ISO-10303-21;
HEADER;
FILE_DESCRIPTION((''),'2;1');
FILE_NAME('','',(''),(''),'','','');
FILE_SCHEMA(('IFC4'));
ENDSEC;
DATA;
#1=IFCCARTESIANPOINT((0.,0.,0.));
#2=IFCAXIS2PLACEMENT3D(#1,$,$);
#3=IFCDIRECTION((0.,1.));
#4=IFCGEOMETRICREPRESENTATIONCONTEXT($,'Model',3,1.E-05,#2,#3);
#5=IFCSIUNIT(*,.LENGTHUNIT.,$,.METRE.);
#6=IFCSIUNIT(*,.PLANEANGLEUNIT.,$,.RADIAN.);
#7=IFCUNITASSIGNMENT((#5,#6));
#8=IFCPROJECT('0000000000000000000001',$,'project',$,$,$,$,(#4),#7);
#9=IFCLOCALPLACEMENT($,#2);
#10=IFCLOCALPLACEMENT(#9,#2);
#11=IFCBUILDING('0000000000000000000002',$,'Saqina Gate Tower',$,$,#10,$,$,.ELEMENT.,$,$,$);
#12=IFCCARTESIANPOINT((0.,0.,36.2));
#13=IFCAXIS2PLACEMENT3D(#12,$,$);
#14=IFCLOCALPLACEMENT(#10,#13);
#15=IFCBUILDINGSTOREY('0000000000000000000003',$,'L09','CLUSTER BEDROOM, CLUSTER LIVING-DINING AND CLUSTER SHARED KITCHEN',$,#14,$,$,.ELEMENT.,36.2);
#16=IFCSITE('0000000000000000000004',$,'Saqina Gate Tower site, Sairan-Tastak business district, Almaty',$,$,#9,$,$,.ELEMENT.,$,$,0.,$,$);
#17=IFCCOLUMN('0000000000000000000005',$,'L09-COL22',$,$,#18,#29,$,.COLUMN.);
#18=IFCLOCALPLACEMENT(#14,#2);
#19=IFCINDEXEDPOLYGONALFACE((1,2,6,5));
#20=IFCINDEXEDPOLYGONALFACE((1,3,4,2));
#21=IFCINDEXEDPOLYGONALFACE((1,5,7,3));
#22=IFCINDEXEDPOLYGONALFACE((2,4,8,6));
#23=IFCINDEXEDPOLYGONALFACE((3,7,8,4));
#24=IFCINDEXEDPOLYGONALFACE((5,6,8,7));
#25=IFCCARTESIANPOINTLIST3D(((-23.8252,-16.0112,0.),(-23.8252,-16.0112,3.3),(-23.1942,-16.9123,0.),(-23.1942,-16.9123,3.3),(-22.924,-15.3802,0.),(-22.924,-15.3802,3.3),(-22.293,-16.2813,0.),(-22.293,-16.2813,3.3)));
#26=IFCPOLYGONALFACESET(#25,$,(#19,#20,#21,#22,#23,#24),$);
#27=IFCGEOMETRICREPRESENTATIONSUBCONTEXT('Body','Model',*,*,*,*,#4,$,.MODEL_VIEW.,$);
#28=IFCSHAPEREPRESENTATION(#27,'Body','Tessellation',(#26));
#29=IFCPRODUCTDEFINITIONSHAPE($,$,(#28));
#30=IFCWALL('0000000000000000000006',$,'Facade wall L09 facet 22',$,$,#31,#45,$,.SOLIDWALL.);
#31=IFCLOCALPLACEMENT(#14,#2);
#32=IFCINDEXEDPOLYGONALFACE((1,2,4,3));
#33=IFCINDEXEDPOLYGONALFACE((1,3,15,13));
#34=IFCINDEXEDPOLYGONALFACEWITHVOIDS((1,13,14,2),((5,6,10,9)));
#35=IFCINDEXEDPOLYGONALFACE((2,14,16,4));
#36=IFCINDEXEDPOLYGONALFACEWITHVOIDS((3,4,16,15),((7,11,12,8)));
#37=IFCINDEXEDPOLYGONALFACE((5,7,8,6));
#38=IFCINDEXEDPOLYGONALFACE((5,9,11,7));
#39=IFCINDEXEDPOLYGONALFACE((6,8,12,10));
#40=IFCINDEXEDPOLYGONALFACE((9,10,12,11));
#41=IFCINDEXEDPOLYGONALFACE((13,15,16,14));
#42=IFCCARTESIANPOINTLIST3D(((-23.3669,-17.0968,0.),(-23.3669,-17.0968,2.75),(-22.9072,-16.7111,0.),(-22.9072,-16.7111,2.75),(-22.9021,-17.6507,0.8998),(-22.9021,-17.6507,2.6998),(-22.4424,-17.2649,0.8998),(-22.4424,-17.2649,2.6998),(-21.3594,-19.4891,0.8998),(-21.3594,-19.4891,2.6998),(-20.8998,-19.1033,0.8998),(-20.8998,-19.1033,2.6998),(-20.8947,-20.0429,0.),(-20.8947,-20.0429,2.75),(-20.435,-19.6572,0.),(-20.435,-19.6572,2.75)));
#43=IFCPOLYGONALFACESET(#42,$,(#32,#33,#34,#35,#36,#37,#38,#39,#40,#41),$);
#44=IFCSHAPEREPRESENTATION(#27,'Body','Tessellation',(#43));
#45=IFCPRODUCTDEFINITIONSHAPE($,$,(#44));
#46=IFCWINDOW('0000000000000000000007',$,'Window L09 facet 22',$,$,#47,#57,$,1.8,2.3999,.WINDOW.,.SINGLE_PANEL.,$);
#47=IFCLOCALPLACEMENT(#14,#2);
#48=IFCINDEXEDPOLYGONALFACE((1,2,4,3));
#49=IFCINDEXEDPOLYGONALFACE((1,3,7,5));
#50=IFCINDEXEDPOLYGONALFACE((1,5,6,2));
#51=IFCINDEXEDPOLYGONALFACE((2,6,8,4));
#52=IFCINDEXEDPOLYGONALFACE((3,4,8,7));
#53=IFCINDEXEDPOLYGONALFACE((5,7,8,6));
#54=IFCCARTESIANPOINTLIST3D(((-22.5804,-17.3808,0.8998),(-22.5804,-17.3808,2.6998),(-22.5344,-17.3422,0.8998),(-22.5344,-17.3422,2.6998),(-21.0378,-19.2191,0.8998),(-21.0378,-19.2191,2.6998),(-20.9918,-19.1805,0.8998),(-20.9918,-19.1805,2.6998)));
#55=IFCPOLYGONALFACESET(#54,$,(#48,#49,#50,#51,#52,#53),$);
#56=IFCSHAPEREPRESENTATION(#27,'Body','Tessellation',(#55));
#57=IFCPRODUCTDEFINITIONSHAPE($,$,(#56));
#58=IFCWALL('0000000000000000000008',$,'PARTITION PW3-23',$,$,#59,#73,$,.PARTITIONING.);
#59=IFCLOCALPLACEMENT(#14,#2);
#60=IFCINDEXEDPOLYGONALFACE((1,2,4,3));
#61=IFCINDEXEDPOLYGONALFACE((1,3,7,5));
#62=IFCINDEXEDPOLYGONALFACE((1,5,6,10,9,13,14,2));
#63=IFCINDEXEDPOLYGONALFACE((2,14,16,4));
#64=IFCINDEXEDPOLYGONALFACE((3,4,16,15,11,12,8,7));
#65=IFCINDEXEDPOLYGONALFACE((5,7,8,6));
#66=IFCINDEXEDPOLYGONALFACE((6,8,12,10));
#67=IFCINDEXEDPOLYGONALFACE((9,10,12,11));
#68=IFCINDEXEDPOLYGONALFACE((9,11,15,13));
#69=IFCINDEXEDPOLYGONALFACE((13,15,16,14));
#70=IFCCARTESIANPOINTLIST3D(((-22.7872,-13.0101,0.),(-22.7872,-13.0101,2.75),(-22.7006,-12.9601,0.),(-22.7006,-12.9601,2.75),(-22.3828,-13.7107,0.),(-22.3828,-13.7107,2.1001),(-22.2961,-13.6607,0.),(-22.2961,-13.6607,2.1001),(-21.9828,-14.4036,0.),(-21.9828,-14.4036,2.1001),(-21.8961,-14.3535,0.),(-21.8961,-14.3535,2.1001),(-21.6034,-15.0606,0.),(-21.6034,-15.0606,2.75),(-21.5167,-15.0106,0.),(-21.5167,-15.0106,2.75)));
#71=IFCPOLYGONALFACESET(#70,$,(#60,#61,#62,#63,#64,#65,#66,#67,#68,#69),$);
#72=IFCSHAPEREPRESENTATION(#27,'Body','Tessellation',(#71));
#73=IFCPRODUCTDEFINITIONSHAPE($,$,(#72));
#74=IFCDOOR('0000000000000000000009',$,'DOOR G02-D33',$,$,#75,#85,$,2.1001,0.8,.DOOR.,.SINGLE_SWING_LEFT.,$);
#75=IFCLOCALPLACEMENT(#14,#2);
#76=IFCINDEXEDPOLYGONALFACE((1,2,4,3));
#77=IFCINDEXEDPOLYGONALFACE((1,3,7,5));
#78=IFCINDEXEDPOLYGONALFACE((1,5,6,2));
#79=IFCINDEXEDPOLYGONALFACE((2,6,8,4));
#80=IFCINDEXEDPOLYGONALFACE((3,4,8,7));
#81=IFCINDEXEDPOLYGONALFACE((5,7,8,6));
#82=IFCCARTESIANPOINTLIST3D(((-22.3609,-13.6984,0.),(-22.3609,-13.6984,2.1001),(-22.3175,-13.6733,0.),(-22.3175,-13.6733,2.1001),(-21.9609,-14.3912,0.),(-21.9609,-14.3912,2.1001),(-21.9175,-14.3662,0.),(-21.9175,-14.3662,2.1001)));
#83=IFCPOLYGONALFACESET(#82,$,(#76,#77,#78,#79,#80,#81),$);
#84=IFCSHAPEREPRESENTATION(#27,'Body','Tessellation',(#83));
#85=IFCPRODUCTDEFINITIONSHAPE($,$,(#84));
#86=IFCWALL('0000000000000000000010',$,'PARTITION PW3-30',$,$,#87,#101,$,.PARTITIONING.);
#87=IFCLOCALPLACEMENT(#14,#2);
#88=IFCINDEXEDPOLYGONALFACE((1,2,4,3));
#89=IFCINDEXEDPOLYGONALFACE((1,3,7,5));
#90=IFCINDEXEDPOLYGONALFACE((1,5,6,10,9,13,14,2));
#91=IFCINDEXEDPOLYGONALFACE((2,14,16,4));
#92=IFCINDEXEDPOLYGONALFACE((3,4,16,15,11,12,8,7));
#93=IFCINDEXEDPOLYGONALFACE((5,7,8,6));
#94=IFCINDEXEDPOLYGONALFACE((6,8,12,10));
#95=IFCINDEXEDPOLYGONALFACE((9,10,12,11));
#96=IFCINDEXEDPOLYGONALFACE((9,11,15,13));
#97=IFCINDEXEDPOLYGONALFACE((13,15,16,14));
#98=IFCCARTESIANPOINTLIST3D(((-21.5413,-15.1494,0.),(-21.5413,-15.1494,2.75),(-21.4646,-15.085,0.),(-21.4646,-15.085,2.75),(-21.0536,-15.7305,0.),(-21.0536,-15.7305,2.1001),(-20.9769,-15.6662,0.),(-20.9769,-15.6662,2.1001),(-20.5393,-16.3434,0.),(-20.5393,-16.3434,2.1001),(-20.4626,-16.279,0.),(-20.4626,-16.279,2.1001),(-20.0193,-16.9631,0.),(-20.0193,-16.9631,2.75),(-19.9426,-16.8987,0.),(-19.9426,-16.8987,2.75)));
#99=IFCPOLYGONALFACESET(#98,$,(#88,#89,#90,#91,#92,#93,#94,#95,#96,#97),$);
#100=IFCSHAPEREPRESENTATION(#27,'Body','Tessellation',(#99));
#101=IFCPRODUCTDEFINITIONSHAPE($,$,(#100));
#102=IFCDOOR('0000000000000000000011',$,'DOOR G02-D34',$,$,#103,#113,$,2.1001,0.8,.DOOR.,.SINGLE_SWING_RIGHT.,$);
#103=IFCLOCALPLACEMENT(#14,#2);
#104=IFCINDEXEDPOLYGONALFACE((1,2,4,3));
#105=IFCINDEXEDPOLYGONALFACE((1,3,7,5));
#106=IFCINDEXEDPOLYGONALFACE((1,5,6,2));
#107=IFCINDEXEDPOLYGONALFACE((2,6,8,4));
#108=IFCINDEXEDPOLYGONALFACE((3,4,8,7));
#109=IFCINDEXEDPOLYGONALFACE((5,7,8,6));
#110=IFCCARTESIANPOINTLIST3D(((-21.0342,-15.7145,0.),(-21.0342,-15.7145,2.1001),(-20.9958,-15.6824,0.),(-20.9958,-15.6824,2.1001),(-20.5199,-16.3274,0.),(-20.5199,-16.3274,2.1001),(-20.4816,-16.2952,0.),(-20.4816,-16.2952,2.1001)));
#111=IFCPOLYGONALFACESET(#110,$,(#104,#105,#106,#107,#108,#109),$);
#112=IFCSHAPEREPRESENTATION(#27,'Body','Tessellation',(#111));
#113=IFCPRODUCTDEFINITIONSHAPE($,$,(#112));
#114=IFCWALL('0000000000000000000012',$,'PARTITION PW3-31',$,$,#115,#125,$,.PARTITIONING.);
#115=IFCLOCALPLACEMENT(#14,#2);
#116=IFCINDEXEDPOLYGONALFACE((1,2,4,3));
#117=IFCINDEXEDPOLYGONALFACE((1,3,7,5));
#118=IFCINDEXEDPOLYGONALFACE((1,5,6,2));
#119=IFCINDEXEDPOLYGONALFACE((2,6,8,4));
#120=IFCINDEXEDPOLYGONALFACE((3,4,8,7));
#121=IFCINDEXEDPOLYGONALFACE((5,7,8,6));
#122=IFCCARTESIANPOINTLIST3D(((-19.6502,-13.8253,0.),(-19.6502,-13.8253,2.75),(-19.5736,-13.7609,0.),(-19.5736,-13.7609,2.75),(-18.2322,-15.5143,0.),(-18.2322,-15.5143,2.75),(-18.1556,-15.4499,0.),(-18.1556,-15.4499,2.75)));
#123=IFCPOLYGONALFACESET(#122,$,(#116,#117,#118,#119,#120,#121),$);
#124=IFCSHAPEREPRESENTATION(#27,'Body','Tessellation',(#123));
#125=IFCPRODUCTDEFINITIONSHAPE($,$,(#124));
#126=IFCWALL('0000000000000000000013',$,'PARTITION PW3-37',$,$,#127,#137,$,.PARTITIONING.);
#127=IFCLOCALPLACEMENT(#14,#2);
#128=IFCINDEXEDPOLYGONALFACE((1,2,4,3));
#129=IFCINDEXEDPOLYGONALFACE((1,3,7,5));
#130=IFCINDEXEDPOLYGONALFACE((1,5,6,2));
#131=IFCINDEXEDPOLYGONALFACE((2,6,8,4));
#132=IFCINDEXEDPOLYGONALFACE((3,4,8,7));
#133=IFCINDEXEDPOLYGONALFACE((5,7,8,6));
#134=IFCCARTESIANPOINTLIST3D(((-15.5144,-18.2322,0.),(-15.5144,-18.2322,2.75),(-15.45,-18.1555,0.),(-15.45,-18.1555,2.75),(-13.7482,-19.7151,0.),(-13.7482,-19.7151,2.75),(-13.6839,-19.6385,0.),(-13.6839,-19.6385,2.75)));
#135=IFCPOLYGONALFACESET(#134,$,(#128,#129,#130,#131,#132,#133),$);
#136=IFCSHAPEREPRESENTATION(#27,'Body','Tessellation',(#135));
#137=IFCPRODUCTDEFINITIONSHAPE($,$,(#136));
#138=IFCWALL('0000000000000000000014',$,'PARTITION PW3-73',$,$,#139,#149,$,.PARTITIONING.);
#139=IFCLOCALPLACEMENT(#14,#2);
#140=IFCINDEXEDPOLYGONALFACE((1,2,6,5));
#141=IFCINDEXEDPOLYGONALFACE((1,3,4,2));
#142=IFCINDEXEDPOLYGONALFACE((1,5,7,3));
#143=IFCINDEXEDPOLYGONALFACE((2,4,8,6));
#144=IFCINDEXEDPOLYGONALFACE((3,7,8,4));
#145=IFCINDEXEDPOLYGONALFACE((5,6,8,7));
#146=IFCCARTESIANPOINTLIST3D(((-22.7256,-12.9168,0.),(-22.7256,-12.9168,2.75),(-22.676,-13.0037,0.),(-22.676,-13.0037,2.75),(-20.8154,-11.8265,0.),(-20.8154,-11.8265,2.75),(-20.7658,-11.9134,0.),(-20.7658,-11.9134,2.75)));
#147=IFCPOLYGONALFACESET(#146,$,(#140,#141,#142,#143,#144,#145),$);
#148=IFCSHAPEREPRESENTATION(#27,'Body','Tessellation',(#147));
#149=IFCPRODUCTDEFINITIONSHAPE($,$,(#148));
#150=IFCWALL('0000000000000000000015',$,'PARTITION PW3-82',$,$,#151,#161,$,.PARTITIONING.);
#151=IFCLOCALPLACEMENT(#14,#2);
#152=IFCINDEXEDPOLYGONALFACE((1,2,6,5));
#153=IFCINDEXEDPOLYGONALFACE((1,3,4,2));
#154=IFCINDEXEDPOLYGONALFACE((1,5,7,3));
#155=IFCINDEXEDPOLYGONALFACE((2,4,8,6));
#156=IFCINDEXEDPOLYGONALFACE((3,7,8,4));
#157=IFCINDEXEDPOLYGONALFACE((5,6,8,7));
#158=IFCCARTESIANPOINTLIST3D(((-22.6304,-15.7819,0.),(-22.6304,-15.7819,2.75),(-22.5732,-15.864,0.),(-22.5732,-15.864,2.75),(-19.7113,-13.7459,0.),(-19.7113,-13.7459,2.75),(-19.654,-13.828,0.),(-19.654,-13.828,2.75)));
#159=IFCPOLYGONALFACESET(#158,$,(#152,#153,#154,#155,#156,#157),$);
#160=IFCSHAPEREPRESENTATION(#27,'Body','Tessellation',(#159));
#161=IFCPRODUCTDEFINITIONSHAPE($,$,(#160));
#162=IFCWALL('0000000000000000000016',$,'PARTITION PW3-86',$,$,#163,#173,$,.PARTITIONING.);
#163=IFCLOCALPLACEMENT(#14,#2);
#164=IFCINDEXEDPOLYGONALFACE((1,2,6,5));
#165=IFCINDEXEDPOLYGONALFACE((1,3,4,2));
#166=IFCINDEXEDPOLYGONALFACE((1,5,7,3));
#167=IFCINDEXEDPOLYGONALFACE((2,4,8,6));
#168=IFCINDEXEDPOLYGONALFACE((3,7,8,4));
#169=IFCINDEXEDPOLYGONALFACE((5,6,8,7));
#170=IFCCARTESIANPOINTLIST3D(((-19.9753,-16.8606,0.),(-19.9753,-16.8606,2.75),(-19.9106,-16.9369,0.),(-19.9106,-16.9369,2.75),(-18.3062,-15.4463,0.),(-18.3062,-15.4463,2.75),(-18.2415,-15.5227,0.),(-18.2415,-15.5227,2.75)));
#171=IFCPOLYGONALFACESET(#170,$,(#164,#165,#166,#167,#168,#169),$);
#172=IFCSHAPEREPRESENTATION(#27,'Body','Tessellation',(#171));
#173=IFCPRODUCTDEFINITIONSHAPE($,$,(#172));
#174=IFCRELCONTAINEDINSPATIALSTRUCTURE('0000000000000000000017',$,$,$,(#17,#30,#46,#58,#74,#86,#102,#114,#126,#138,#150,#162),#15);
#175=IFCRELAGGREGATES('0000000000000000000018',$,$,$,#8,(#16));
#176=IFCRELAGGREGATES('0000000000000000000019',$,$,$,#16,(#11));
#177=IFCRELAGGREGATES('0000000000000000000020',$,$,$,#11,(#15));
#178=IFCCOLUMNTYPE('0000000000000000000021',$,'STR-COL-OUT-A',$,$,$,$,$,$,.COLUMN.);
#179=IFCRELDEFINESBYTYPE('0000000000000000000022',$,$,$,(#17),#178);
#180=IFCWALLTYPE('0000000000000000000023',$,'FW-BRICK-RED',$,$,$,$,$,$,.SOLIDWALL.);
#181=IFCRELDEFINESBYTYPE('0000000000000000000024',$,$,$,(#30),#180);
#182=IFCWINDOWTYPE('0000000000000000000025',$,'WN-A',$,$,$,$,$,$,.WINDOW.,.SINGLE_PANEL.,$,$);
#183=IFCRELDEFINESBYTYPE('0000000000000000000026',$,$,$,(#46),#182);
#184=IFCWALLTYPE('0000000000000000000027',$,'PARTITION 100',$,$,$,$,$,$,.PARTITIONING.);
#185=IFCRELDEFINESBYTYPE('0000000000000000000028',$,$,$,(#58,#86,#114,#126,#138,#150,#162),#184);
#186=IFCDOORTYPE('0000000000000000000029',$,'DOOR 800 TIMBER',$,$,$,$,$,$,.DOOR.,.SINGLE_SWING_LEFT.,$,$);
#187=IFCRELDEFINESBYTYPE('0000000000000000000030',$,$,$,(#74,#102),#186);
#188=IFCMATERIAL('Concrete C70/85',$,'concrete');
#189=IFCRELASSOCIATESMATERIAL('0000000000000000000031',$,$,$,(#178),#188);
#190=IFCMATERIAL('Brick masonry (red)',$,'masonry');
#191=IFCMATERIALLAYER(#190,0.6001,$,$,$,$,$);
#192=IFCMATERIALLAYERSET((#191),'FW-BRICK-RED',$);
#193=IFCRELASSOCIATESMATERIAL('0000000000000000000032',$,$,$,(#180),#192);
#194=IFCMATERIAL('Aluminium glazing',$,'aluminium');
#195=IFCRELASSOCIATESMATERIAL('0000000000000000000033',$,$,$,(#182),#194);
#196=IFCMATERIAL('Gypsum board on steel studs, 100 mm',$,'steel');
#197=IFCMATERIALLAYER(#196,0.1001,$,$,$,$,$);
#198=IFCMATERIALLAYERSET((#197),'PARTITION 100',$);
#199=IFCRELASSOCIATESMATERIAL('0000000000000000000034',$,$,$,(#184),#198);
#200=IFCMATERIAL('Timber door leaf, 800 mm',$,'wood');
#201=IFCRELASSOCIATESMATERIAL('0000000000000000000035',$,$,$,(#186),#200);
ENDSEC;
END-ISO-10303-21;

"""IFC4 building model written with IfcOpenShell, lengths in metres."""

from ifc_helpers import new_model, si_unit, direction, frame, frame_2d, origin, origin_2d, place, context, subcontext, project, spatial, rectangle, extrude, material, layer, layer_set, material_profile, profile_set, type_object, element, fill, save


model = new_model("IFC4")

# Units and contexts
model_context = context("Model", 3, precision=1e-05, world=origin(), true_north=direction((0.0, 1.0)))
body_context = subcontext(model_context, "Body", "Model", "MODEL_VIEW")
ifc_project = project(units=[si_unit("LENGTHUNIT", "METRE"), si_unit("PLANEANGLEUNIT", "RADIAN")], contexts=[model_context])

# Site, building, storey
site_placement = place(None, origin())
site = spatial("IfcSite", under=ifc_project, at=site_placement, Name="Saqina Gate Tower site, Sairan-Tastak business district, Almaty", CompositionType="ELEMENT", RefElevation=0.0)
building_placement = place(site_placement, origin())
building = spatial("IfcBuilding", under=site, at=building_placement, Name="Saqina Gate Tower", CompositionType="ELEMENT")
storey_placement = place(building_placement, frame((0.0, 0.0, 36.2)))
storey = spatial("IfcBuildingStorey", under=building, at=storey_placement, Name="L09", Description="CLUSTER BEDROOM, CLUSTER LIVING-DINING AND CLUSTER SHARED KITCHEN", CompositionType="ELEMENT", Elevation=36.2)

# Column
ifc_material_1 = material(Name="Concrete C70/85", Category="concrete")
ifc_material_profile = material_profile(ifc_material_1, rectangle(XDim=1.1001, YDim=1.1001, at=origin_2d()), Name="RC 1100x1100")
ifc_profile_set = profile_set([ifc_material_profile], Name="Concrete C70/85")
column_type = type_object("IfcColumnType", Name="STR-COL-OUT-A", PredefinedType="COLUMN", material=ifc_profile_set)
column_placement = place(storey_placement, frame((-23.0591, -16.1462, 0.0), z_axis=(0.0, 0.0, 1.0), x_axis=(-0.819152, -0.573576, 0.0)))
element("IfcColumn", 1, at=column_placement, inside=storey, type_object=column_type, Name="L09-COL22", PredefinedType="COLUMN", context=body_context, shape_type="SweptSolid", body=[
    extrude(rectangle(XDim=1.1001, YDim=1.1001, at=origin_2d()), origin(), (0.0, 0.0, 1.0), 3.3),
])

# Wall, opening, window
ifc_material_2 = material(Name="Brick masonry (red)", Category="masonry")
ifc_layer_1 = layer(ifc_material_2, 0.6001)
ifc_layer_set_1 = layer_set([ifc_layer_1], Name="FW-BRICK-RED")
wall_type_1 = type_object("IfcWallType", Name="FW-BRICK-RED", PredefinedType="SOLIDWALL", material=ifc_layer_set_1)
wall_1_placement = place(storey_placement, frame((-23.137, -16.9041, 0.0), z_axis=(0.0, 0.0, 1.0), x_axis=(0.642809, -0.766026, 0.0)))
wall_1 = element("IfcWall", 2, at=wall_1_placement, inside=storey, type_object=wall_type_1, Name="Facade wall L09 facet 22", PredefinedType="SOLIDWALL", context=body_context, shape_type="SweptSolid", body=[
    extrude(rectangle(XDim=3.8459, YDim=0.6001, at=frame_2d((1.9229, 0.0))), origin(), (0.0, 0.0, 1.0), 2.75),
])
opening_1_placement = place(wall_1_placement, frame((0.7229, 0.0, 0.8999)))
opening_1 = element("IfcOpeningElement", 3, at=opening_1_placement, cuts=wall_1, PredefinedType="OPENING", context=body_context, shape_type="SweptSolid", body=[
    extrude(rectangle(XDim=2.3999, YDim=1.8, at=frame_2d((1.2, 0.8999))), frame((0.0, 0.312, 0.0), z_axis=(0.0, -1.0, 0.0), x_axis=(1.0, 0.0, 0.0)), (0.0, 0.0, 1.0), 0.624),
])
ifc_material_3 = material(Name="Aluminium glazing", Category="aluminium")
window_type = type_object("IfcWindowType", Name="WN-A", PartitioningType="SINGLE_PANEL", PredefinedType="WINDOW", material=ifc_material_3)
window_placement = place(opening_1_placement, origin())
window = element("IfcWindow", 4, at=window_placement, inside=storey, type_object=window_type, Name="Window L09 facet 22", OverallHeight=1.8, OverallWidth=2.3999, PartitioningType="SINGLE_PANEL", PredefinedType="WINDOW", context=body_context, shape_type="SweptSolid", body=[
    extrude(rectangle(XDim=2.3999, YDim=1.8, at=frame_2d((1.2, 0.8999))), frame((0.0, 0.1799, 0.0), z_axis=(0.0, -1.0, 0.0), x_axis=(1.0, 0.0, 0.0)), (0.0, 0.0, 1.0), 0.0601),
])
fill(opening_1, window)

# Walls, openings, doors
ifc_material_4 = material(Name="Gypsum board on steel studs, 100 mm", Category="steel")
ifc_layer_2 = layer(ifc_material_4, 0.1001)
ifc_layer_set_2 = layer_set([ifc_layer_2], Name="PARTITION 100")
wall_type_2 = type_object("IfcWallType", Name="PARTITION 100", PredefinedType="PARTITIONING", material=ifc_layer_set_2)
wall_2_placement = place(storey_placement, frame((-22.7439, -12.9851, 0.0), z_axis=(0.0, 0.0, 1.0), x_axis=(0.499987, -0.866033, 0.0)))
wall_2 = element("IfcWall", 5, at=wall_2_placement, inside=storey, type_object=wall_type_2, Name="PARTITION PW3-23", PredefinedType="PARTITIONING", context=body_context, shape_type="SweptSolid", body=[
    extrude(rectangle(XDim=2.3677, YDim=0.1001, at=frame_2d((1.1838, 0.0))), origin(), (0.0, 0.0, 1.0), 2.75),
])
opening_2_placement = place(wall_2_placement, frame((0.8091, 0.0, 0.0)))
opening_2 = element("IfcOpeningElement", 6, at=opening_2_placement, cuts=wall_2, PredefinedType="OPENING", context=body_context, shape_type="SweptSolid", body=[
    extrude(rectangle(XDim=0.8, YDim=2.1001, at=frame_2d((0.3999, 1.05))), frame((0.0, 0.062, 0.0), z_axis=(0.0, -1.0, 0.0), x_axis=(1.0, 0.0, 0.0)), (0.0, 0.0, 1.0), 0.124),
])
ifc_material_5 = material(Name="Timber door leaf, 800 mm", Category="wood")
door_type_1 = type_object("IfcDoorType", Name="DOOR 800 TIMBER", OperationType="SINGLE_SWING_LEFT", PredefinedType="DOOR", material=ifc_material_5)
door_1_placement = place(opening_2_placement, frame((0.8, 0.0, 0.0), z_axis=(0.0, 0.0, 1.0), x_axis=(-1.0, 0.0, 0.0)))
door_1 = element("IfcDoor", 7, at=door_1_placement, inside=storey, type_object=door_type_1, Name="DOOR G02-D33", OperationType="SINGLE_SWING_LEFT", OverallHeight=2.1001, OverallWidth=0.8, PredefinedType="DOOR", context=body_context, shape_type="SweptSolid", body=[
    extrude(rectangle(XDim=0.8, YDim=2.1001, at=frame_2d((0.3999, 1.05))), frame((0.0, 0.0249, 0.0), z_axis=(0.0, -1.0, 0.0), x_axis=(1.0, 0.0, 0.0)), (0.0, 0.0, 1.0), 0.05),
])
fill(opening_2, door_1)
wall_3_placement = place(storey_placement, frame((-21.5029, -15.1172, 0.0), z_axis=(0.0, 0.0, 1.0), x_axis=(0.642808, -0.766028, 0.0)))
wall_3 = element("IfcWall", 8, at=wall_3_placement, inside=storey, type_object=wall_type_2, Name="PARTITION PW3-30", PredefinedType="PARTITIONING", context=body_context, shape_type="SweptSolid", body=[
    extrude(rectangle(XDim=2.3677, YDim=0.1001, at=frame_2d((1.1838, 0.0))), origin(), (0.0, 0.0, 1.0), 2.75),
])
opening_3_placement = place(wall_3_placement, frame((0.7588, 0.0, 0.0)))
opening_3 = element("IfcOpeningElement", 9, at=opening_3_placement, cuts=wall_3, PredefinedType="OPENING", context=body_context, shape_type="SweptSolid", body=[
    extrude(rectangle(XDim=0.8, YDim=2.1001, at=frame_2d((0.3999, 1.05))), frame((0.0, 0.062, 0.0), z_axis=(0.0, -1.0, 0.0), x_axis=(1.0, 0.0, 0.0)), (0.0, 0.0, 1.0), 0.124),
])
door_2_placement = place(opening_3_placement, frame((0.8, 0.0, 0.0), z_axis=(0.0, 0.0, 1.0), x_axis=(-1.0, 0.0, 0.0)))
door_2 = element("IfcDoor", 10, at=door_2_placement, inside=storey, type_object=door_type_1, Name="DOOR G02-D34", OperationType="SINGLE_SWING_RIGHT", OverallHeight=2.1001, OverallWidth=0.8, PredefinedType="DOOR", context=body_context, shape_type="SweptSolid", body=[
    extrude(rectangle(XDim=0.8, YDim=2.1001, at=frame_2d((0.3999, 1.05))), frame((0.0, 0.0249, 0.0), z_axis=(0.0, -1.0, 0.0), x_axis=(1.0, 0.0, 0.0)), (0.0, 0.0, 1.0), 0.05),
])
fill(opening_3, door_2)

# Walls
wall_4_placement = place(storey_placement, frame((-19.6118, -13.7932, 0.0), z_axis=(0.0, 0.0, 1.0), x_axis=(0.64299, -0.765875, 0.0)))
element("IfcWall", 11, at=wall_4_placement, inside=storey, type_object=wall_type_2, Name="PARTITION PW3-31", PredefinedType="PARTITIONING", context=body_context, shape_type="SweptSolid", body=[
    extrude(rectangle(XDim=2.2053, YDim=0.1001, at=frame_2d((1.1025, 0.0))), origin(), (0.0, 0.0, 1.0), 2.75),
])
wall_5_placement = place(storey_placement, frame((-15.4822, -18.1938, 0.0), z_axis=(0.0, 0.0, 1.0), x_axis=(0.765838, -0.643033, 0.0)))
element("IfcWall", 12, at=wall_5_placement, inside=storey, type_object=wall_type_2, Name="PARTITION PW3-37", PredefinedType="PARTITIONING", context=body_context, shape_type="SweptSolid", body=[
    extrude(rectangle(XDim=2.3062, YDim=0.1001, at=frame_2d((1.1531, 0.0))), origin(), (0.0, 0.0, 1.0), 2.75),
])
wall_6_placement = place(storey_placement, frame((-22.7007, -12.9602, 0.0), z_axis=(0.0, 0.0, 1.0), x_axis=(0.868475, 0.495732, 0.0)))
element("IfcWall", 13, at=wall_6_placement, inside=storey, type_object=wall_type_2, Name="PARTITION PW3-73", PredefinedType="PARTITIONING", context=body_context, shape_type="SweptSolid", body=[
    extrude(rectangle(XDim=2.1995, YDim=0.1001, at=frame_2d((1.0996, 0.0))), origin(), (0.0, 0.0, 1.0), 2.75),
])
wall_7_placement = place(storey_placement, frame((-22.6018, -15.823, 0.0), z_axis=(0.0, 0.0, 1.0), x_axis=(0.820194, 0.572085, 0.0)))
element("IfcWall", 14, at=wall_7_placement, inside=storey, type_object=wall_type_2, Name="PARTITION PW3-82", PredefinedType="PARTITIONING", context=body_context, shape_type="SweptSolid", body=[
    extrude(rectangle(XDim=3.5591, YDim=0.1001, at=frame_2d((1.7795, 0.0))), origin(), (0.0, 0.0, 1.0), 2.75),
])
wall_8_placement = place(storey_placement, frame((-19.9429, -16.8987, 0.0), z_axis=(0.0, 0.0, 1.0), x_axis=(0.762954, 0.646452, 0.0)))
element("IfcWall", 15, at=wall_8_placement, inside=storey, type_object=wall_type_2, Name="PARTITION PW3-86", PredefinedType="PARTITIONING", context=body_context, shape_type="SweptSolid", body=[
    extrude(rectangle(XDim=2.1877, YDim=0.1001, at=frame_2d((1.0938, 0.0))), origin(), (0.0, 0.0, 1.0), 2.75),
])

save(model, "model.ifc")
